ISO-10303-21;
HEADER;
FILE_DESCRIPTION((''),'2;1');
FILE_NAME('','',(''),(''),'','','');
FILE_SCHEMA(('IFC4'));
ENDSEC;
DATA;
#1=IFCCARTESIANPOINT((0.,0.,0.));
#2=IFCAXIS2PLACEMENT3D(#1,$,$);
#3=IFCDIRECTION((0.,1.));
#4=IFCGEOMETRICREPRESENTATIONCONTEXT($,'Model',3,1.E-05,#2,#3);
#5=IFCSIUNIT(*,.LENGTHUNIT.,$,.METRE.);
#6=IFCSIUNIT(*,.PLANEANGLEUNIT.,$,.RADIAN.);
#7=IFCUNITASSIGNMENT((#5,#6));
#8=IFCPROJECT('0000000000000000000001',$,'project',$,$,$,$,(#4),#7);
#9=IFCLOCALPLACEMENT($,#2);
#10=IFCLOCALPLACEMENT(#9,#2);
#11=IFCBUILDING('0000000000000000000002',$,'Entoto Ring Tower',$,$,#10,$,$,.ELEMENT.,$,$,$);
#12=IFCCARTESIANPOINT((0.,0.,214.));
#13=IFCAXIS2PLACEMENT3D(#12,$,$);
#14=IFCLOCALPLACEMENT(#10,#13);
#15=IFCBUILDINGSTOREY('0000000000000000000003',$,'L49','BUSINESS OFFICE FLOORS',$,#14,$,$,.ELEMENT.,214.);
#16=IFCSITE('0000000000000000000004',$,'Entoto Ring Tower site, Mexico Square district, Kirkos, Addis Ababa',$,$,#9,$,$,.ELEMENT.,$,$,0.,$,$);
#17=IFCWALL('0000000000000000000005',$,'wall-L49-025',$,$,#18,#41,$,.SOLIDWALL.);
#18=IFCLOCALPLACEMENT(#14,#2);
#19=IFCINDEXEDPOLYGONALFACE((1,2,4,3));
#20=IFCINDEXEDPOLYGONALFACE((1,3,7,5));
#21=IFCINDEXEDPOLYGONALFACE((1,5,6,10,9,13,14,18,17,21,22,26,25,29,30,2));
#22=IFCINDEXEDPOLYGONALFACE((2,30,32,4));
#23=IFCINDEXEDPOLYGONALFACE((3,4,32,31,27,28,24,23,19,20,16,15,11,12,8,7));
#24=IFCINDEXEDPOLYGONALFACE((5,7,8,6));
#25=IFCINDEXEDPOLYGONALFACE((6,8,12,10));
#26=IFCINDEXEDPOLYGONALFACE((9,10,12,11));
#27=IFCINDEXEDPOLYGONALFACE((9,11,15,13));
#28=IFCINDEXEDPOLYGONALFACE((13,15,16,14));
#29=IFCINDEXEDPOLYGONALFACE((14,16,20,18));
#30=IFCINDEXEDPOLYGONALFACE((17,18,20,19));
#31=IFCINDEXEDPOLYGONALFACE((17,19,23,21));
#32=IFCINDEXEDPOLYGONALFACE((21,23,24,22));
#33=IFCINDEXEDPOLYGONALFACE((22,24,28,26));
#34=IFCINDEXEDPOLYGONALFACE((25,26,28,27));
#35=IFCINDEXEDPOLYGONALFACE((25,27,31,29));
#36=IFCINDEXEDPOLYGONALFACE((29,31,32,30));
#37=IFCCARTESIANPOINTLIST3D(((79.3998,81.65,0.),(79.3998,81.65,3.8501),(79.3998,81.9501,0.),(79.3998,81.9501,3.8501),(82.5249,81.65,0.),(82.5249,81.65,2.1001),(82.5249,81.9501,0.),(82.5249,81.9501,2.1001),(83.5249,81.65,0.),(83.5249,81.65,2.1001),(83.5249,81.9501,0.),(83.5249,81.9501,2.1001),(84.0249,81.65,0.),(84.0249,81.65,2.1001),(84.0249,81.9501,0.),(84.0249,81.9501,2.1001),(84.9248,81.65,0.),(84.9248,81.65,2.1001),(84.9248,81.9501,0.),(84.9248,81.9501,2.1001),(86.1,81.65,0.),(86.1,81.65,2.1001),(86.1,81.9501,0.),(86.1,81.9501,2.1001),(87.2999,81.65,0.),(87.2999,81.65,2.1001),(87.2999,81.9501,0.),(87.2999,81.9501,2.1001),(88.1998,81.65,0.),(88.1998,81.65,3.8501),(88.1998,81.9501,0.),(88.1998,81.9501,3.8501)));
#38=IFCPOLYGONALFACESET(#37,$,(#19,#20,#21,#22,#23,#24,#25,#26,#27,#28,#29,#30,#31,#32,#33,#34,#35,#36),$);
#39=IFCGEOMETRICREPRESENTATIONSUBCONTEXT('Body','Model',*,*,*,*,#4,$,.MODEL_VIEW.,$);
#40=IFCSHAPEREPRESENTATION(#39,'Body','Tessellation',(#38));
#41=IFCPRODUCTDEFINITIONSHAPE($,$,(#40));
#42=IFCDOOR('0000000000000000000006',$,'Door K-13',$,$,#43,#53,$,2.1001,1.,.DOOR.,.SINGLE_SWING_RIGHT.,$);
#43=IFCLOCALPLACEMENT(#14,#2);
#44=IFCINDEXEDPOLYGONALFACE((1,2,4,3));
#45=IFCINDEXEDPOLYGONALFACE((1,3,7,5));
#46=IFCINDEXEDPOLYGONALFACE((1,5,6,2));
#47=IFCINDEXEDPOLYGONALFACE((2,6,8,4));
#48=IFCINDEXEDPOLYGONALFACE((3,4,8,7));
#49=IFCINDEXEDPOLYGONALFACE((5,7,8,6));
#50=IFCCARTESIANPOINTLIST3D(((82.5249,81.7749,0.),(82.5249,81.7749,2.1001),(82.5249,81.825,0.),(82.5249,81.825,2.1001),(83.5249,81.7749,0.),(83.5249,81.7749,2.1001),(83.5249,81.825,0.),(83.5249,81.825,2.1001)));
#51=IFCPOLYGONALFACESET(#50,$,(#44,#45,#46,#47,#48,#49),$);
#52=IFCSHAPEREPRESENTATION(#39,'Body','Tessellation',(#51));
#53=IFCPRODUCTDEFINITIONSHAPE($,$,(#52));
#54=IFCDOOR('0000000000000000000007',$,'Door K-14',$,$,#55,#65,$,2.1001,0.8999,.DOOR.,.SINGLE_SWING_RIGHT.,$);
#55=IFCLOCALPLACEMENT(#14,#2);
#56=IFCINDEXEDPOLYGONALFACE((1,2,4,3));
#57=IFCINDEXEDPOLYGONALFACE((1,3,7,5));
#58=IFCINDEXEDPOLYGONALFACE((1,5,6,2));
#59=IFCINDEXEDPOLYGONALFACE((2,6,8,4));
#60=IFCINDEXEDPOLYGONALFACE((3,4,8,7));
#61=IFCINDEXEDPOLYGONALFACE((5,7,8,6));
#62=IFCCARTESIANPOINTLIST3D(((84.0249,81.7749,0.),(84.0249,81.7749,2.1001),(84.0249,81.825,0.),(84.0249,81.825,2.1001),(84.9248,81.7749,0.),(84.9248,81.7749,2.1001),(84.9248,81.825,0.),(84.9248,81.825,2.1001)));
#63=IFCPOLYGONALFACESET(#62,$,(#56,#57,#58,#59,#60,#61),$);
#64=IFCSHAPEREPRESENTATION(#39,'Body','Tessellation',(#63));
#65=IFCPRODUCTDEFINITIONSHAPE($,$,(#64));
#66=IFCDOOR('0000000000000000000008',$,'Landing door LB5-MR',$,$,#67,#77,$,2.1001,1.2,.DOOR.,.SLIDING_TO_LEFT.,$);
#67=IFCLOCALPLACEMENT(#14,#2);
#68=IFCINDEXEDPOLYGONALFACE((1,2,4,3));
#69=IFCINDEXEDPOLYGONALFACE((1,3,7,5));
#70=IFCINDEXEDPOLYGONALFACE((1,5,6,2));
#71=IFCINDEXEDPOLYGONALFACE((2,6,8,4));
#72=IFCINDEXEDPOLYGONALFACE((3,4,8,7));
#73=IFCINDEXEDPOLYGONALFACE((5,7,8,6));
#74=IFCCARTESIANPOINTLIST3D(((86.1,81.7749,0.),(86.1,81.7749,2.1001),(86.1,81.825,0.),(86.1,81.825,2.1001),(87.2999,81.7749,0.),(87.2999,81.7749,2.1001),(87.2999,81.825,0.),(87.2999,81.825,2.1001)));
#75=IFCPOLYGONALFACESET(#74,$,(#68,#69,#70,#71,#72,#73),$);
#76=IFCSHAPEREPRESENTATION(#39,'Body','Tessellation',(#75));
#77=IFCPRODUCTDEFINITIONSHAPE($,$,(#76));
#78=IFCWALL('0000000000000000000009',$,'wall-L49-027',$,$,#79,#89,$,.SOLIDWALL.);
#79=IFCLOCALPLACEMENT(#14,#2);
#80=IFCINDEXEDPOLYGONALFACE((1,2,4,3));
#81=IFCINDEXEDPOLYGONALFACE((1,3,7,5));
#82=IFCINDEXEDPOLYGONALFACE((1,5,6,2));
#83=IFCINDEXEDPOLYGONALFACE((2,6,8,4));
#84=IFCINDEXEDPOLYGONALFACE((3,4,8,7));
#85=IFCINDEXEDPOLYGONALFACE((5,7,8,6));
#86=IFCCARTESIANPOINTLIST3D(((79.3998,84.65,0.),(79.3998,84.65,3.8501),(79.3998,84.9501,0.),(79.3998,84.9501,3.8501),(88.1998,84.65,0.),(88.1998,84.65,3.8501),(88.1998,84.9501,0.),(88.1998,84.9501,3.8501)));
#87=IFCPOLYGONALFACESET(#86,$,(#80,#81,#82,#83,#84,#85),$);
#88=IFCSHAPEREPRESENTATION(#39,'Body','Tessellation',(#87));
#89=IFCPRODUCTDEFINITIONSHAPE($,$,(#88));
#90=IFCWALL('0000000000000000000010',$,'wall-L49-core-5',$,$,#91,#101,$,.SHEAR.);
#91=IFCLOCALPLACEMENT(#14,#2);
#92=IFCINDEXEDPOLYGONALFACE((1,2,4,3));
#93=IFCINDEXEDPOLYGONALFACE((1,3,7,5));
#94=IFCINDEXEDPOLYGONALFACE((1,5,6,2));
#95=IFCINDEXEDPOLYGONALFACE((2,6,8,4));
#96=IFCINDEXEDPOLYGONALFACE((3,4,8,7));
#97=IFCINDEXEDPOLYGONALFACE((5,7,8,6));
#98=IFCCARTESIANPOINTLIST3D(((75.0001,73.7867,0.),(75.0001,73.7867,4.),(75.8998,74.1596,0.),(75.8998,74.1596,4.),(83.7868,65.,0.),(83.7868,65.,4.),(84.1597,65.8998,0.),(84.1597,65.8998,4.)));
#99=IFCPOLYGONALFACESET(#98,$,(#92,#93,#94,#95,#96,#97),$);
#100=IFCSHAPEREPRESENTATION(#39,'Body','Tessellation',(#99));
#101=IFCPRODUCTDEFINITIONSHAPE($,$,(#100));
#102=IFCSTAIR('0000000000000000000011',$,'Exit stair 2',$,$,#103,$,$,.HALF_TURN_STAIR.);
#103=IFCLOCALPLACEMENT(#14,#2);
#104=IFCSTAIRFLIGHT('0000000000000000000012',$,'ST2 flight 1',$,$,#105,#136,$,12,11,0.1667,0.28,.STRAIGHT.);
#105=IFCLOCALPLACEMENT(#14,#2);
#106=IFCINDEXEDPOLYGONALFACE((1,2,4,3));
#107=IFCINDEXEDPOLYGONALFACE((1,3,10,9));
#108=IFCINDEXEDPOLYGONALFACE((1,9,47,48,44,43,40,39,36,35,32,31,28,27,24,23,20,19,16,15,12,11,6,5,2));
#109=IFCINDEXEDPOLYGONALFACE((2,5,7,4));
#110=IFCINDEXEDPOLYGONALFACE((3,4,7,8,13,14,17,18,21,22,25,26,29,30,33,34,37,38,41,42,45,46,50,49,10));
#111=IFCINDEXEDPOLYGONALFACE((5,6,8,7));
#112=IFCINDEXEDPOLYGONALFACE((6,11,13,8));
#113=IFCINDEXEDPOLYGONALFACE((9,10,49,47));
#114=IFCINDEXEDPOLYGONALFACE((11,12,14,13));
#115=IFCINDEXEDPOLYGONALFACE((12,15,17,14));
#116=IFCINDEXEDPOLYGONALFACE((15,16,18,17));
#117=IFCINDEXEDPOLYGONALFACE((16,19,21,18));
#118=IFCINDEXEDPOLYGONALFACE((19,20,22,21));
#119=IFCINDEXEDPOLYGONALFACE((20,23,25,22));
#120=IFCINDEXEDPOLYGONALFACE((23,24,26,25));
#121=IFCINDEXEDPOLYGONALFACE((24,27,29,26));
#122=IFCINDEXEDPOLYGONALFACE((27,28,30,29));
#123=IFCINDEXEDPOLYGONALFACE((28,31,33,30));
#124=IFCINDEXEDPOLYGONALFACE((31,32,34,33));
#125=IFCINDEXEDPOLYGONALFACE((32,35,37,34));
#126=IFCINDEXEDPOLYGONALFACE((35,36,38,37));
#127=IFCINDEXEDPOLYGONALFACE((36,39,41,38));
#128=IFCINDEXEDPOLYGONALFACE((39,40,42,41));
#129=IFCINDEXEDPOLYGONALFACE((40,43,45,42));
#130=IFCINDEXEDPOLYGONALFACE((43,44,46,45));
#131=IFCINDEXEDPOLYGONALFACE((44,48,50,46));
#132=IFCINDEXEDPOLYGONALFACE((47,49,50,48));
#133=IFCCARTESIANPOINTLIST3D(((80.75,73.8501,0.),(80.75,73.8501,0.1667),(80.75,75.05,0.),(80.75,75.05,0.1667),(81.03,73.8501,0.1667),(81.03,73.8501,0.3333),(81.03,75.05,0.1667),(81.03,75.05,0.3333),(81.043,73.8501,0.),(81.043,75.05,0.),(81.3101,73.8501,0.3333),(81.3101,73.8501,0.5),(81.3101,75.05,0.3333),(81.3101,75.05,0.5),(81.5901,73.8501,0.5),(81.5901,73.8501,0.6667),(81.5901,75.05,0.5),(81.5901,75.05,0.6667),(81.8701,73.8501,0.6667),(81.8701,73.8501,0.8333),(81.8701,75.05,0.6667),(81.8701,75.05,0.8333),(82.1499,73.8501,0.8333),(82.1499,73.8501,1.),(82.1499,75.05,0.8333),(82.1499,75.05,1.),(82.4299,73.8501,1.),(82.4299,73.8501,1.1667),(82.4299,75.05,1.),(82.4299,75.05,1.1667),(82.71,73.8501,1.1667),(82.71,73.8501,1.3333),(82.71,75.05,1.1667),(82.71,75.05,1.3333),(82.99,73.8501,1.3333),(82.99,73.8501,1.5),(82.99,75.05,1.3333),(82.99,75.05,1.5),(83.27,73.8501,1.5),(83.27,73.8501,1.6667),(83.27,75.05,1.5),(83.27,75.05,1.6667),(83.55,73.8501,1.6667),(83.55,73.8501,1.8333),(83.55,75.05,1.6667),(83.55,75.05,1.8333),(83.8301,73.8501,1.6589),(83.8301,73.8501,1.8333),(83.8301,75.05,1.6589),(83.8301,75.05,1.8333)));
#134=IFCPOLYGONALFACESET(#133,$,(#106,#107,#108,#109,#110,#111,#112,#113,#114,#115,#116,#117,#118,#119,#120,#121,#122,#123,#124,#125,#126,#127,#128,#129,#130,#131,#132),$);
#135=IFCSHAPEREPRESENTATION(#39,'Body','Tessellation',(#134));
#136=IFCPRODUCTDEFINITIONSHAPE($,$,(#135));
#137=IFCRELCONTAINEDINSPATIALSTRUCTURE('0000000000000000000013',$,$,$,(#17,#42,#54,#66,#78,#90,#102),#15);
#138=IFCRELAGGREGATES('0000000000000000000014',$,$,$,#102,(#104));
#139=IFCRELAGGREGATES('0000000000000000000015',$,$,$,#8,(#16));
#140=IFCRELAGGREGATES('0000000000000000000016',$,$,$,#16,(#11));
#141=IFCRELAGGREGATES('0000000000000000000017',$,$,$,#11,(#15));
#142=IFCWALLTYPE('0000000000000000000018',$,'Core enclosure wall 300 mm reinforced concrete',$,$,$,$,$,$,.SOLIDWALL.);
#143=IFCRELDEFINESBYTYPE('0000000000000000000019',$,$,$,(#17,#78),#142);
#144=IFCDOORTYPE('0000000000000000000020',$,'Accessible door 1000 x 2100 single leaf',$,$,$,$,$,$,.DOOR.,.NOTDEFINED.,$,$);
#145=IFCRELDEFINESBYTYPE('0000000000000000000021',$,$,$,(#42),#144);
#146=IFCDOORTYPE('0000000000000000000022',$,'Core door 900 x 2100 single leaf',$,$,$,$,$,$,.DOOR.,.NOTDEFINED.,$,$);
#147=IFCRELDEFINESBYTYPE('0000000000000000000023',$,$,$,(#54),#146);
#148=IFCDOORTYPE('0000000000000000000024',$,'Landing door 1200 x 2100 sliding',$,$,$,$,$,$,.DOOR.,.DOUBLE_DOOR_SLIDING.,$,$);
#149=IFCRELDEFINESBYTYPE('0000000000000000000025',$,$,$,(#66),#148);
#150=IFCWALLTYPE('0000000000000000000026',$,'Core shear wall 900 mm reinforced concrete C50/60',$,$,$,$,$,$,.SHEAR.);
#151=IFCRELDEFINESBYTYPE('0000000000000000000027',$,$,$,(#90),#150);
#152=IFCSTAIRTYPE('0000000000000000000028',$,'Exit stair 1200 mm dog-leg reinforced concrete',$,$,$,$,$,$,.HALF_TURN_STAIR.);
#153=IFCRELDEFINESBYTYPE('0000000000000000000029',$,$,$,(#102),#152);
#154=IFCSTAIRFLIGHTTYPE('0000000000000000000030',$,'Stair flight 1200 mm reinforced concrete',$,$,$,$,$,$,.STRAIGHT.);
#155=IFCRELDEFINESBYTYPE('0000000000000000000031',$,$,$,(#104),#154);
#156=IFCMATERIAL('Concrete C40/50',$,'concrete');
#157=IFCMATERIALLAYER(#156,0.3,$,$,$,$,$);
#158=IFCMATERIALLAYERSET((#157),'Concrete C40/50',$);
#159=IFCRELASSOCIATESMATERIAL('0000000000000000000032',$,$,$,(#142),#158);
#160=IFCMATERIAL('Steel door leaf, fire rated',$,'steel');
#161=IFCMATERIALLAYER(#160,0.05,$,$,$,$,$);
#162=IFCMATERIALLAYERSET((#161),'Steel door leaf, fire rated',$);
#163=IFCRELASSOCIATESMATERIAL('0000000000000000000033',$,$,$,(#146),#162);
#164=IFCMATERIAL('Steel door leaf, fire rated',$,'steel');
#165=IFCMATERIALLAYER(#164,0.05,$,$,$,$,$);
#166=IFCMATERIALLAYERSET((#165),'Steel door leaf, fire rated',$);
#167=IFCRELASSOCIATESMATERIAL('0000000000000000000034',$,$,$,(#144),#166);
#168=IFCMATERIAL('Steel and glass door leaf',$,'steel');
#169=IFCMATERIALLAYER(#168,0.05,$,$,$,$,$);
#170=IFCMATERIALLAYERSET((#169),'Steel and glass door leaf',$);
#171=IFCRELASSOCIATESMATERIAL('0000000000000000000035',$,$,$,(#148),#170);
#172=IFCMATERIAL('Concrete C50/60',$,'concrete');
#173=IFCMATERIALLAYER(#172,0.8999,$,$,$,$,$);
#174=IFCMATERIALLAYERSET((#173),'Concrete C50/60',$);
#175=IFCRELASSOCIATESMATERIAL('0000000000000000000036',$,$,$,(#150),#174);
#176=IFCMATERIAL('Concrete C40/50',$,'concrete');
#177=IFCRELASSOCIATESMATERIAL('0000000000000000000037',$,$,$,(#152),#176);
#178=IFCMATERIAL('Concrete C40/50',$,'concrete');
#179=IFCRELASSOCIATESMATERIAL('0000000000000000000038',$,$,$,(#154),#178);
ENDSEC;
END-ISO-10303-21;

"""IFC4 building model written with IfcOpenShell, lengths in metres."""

from ifc_helpers import new_model, si_unit, direction, frame, frame_2d, origin, place, context, subcontext, project, spatial, polyline, rectangle, outline, extrude, material, layer, layer_set, type_object, element, fill, aggregate, save


model = new_model("IFC4")

# Units and contexts
model_context = context("Model", 3, precision=1e-05, world=origin(), true_north=direction((0.0, 1.0)))
body_context = subcontext(model_context, "Body", "Model", "MODEL_VIEW")
ifc_project = project(units=[si_unit("LENGTHUNIT", "METRE"), si_unit("PLANEANGLEUNIT", "RADIAN")], contexts=[model_context])

# Site, building, storey
site_placement = place(None, origin())
site = spatial("IfcSite", under=ifc_project, at=site_placement, Name="Entoto Ring Tower site, Mexico Square district, Kirkos, Addis Ababa", CompositionType="ELEMENT", RefElevation=0.0)
building_placement = place(site_placement, origin())
building = spatial("IfcBuilding", under=site, at=building_placement, Name="Entoto Ring Tower", CompositionType="ELEMENT")
storey_placement = place(building_placement, frame((0.0, 0.0, 214.0)))
storey = spatial("IfcBuildingStorey", under=building, at=storey_placement, Name="L49", Description="BUSINESS OFFICE FLOORS", CompositionType="ELEMENT", Elevation=214.0)

# Shared definitions
ifc_material_1 = material(Name="Concrete C40/50", Category="concrete")
ifc_layer_1 = layer(ifc_material_1, 0.3)
ifc_layer_set_1 = layer_set([ifc_layer_1], Name="Concrete C40/50")
wall_type_1 = type_object("IfcWallType", Name="Core enclosure wall 300 mm reinforced concrete", PredefinedType="SOLIDWALL", material=ifc_layer_set_1)

# Wall, openings, doors
ifc_material_2 = material(Name="Steel door leaf, fire rated", Category="steel")
ifc_layer_2 = layer(ifc_material_2, 0.05)
ifc_layer_set_2 = layer_set([ifc_layer_2], Name="Steel door leaf, fire rated")
door_type_1 = type_object("IfcDoorType", Name="Core door 900 x 2100 single leaf", OperationType="NOTDEFINED", PredefinedType="DOOR", material=ifc_layer_set_2)
wall_1_placement = place(storey_placement, frame((79.3999, 81.8, 0.0), z_axis=(0.0, 0.0, 1.0), x_axis=(1.0, 0.0, 0.0)))
wall_1 = element("IfcWall", 1, at=wall_1_placement, inside=storey, type_object=wall_type_1, Name="wall-L49-025", PredefinedType="SOLIDWALL", context=body_context, shape_type="SweptSolid", body=[
    extrude(rectangle(XDim=8.8, YDim=0.3, at=frame_2d((4.3999, 0.0))), origin(), (0.0, 0.0, 1.0), 3.8501),
])
opening_1_placement = place(wall_1_placement, frame((6.7, 0.0, 0.0)))
opening_1 = element("IfcOpeningElement", 2, at=opening_1_placement, cuts=wall_1, PredefinedType="OPENING", context=body_context, shape_type="SweptSolid", body=[
    extrude(rectangle(XDim=1.2, YDim=2.1001, at=frame_2d((0.6001, 1.05))), frame((0.0, 0.1602, 0.0), z_axis=(0.0, -1.0, 0.0), x_axis=(1.0, 0.0, 0.0)), (0.0, 0.0, 1.0), 0.3201),
])
opening_2_placement = place(wall_1_placement, frame((3.125, 0.0, 0.0)))
opening_2 = element("IfcOpeningElement", 3, at=opening_2_placement, cuts=wall_1, PredefinedType="OPENING", context=body_context, shape_type="SweptSolid", body=[
    extrude(rectangle(XDim=1.0, YDim=2.1001, at=frame_2d((0.5, 1.05))), frame((0.0, 0.1602, 0.0), z_axis=(0.0, -1.0, 0.0), x_axis=(1.0, 0.0, 0.0)), (0.0, 0.0, 1.0), 0.3201),
])
opening_3_placement = place(wall_1_placement, frame((4.625, 0.0, 0.0)))
opening_3 = element("IfcOpeningElement", 4, at=opening_3_placement, cuts=wall_1, PredefinedType="OPENING", context=body_context, shape_type="SweptSolid", body=[
    extrude(rectangle(XDim=0.8999, YDim=2.1001, at=frame_2d((0.45, 1.05))), frame((0.0, 0.1602, 0.0), z_axis=(0.0, -1.0, 0.0), x_axis=(1.0, 0.0, 0.0)), (0.0, 0.0, 1.0), 0.3201),
])
ifc_material_3 = material(Name="Steel door leaf, fire rated", Category="steel")
ifc_layer_3 = layer(ifc_material_3, 0.05)
ifc_layer_set_3 = layer_set([ifc_layer_3], Name="Steel door leaf, fire rated")
door_type_2 = type_object("IfcDoorType", Name="Accessible door 1000 x 2100 single leaf", OperationType="NOTDEFINED", PredefinedType="DOOR", material=ifc_layer_set_3)
door_1_placement = place(opening_2_placement, origin())
door_1 = element("IfcDoor", 5, at=door_1_placement, inside=storey, type_object=door_type_2, Name="Door K-13", OperationType="SINGLE_SWING_RIGHT", OverallHeight=2.1001, OverallWidth=1.0, PredefinedType="DOOR", context=body_context, shape_type="SweptSolid", body=[
    extrude(rectangle(XDim=1.0, YDim=2.1001, at=frame_2d((0.5, 1.05))), frame((0.0, 0.0249, 0.0), z_axis=(0.0, -1.0, 0.0), x_axis=(1.0, 0.0, 0.0)), (0.0, 0.0, 1.0), 0.05),
])
fill(opening_2, door_1)
door_2_placement = place(opening_3_placement, origin())
door_2 = element("IfcDoor", 6, at=door_2_placement, inside=storey, type_object=door_type_1, Name="Door K-14", OperationType="SINGLE_SWING_RIGHT", OverallHeight=2.1001, OverallWidth=0.8999, PredefinedType="DOOR", context=body_context, shape_type="SweptSolid", body=[
    extrude(rectangle(XDim=0.8999, YDim=2.1001, at=frame_2d((0.45, 1.05))), frame((0.0, 0.0249, 0.0), z_axis=(0.0, -1.0, 0.0), x_axis=(1.0, 0.0, 0.0)), (0.0, 0.0, 1.0), 0.05),
])
fill(opening_3, door_2)
ifc_material_4 = material(Name="Steel and glass door leaf", Category="steel")
ifc_layer_4 = layer(ifc_material_4, 0.05)
ifc_layer_set_4 = layer_set([ifc_layer_4], Name="Steel and glass door leaf")
door_type_3 = type_object("IfcDoorType", Name="Landing door 1200 x 2100 sliding", OperationType="DOUBLE_DOOR_SLIDING", PredefinedType="DOOR", material=ifc_layer_set_4)
door_3_placement = place(opening_1_placement, origin())
door_3 = element("IfcDoor", 7, at=door_3_placement, inside=storey, type_object=door_type_3, Name="Landing door LB5-MR", OperationType="SLIDING_TO_LEFT", OverallHeight=2.1001, OverallWidth=1.2, PredefinedType="DOOR", context=body_context, shape_type="SweptSolid", body=[
    extrude(rectangle(XDim=1.2, YDim=2.1001, at=frame_2d((0.6001, 1.05))), frame((0.0, 0.0249, 0.0), z_axis=(0.0, -1.0, 0.0), x_axis=(1.0, 0.0, 0.0)), (0.0, 0.0, 1.0), 0.05),
])
fill(opening_1, door_3)

# Walls
wall_2_placement = place(storey_placement, frame((79.3999, 84.8, 0.0), z_axis=(0.0, 0.0, 1.0), x_axis=(1.0, 0.0, 0.0)))
element("IfcWall", 8, at=wall_2_placement, inside=storey, type_object=wall_type_1, Name="wall-L49-027", PredefinedType="SOLIDWALL", context=body_context, shape_type="SweptSolid", body=[
    extrude(rectangle(XDim=8.8, YDim=0.3, at=frame_2d((4.3999, 0.0))), origin(), (0.0, 0.0, 1.0), 3.8501),
])
ifc_material_5 = material(Name="Concrete C50/60", Category="concrete")
ifc_layer_5 = layer(ifc_material_5, 0.8999)
ifc_layer_set_5 = layer_set([ifc_layer_5], Name="Concrete C50/60")
wall_type_2 = type_object("IfcWallType", Name="Core shear wall 900 mm reinforced concrete C50/60", PredefinedType="SHEAR", material=ifc_layer_set_5)
wall_3_placement = place(storey_placement, frame((75.45, 73.9731, 0.0), z_axis=(0.0, 0.0, 1.0), x_axis=(0.707107, -0.707107, 0.0)))
element("IfcWall", 9, at=wall_3_placement, inside=storey, type_object=wall_type_2, Name="wall-L49-core-5", PredefinedType="SHEAR", context=body_context, shape_type="SweptSolid", body=[
    extrude(outline(polyline([(-0.1863, -0.45), (12.24, -0.45), (11.8674, 0.45), (0.1863, 0.45), (-0.1863, -0.45)])), origin(), (0.0, 0.0, 1.0), 4.0),
])

# Stair, stair flight
ifc_material_6 = material(Name="Concrete C40/50", Category="concrete")
stair_type = type_object("IfcStairType", Name="Exit stair 1200 mm dog-leg reinforced concrete", PredefinedType="HALF_TURN_STAIR", material=ifc_material_6)
stair_placement = place(storey_placement, origin())
stair = element("IfcStair", 10, at=stair_placement, inside=storey, type_object=stair_type, Name="Exit stair 2", PredefinedType="HALF_TURN_STAIR")
ifc_material_7 = material(Name="Concrete C40/50", Category="concrete")
stair_flight_type = type_object("IfcStairFlightType", Name="Stair flight 1200 mm reinforced concrete", PredefinedType="STRAIGHT", material=ifc_material_7)
stair_flight_1_placement = place(storey_placement, frame((80.75, 74.45, 0.0), z_axis=(0.0, 0.0, 1.0), x_axis=(1.0, 0.0, 0.0)))
stair_flight_1 = element("IfcStairFlight", 11, at=stair_flight_1_placement, type_object=stair_flight_type, Name="ST2 flight 1", NumberOfRisers=12, NumberOfTreads=11, PredefinedType="STRAIGHT", RiserHeight=0.1667, TreadLength=0.28, context=body_context, shape_type="SweptSolid", body=[
    extrude(outline(polyline([(0.0, 0.0), (0.0, 0.1667), (0.28, 0.1667), (0.28, 0.3333), (0.5601, 0.3333), (0.5601, 0.5), (0.8401, 0.5), (0.8401, 0.6667), (1.1201, 0.6667), (1.1201, 0.8333), (1.3999, 0.8333), (1.3999, 1.0), (1.6799, 1.0), (1.6799, 1.1667), (1.96, 1.1667), (1.96, 1.3333), (2.24, 1.3333), (2.24, 1.5), (2.52, 1.5), (2.52, 1.6667), (2.8, 1.6667), (2.8, 1.8333), (3.0801, 1.8333), (3.0801, 2.0), (3.0801, 1.6589), (0.293, 0.0), (0.0, 0.0)])), frame((0.0, 0.6001, 0.0), z_axis=(0.0, -1.0, 0.0), x_axis=(1.0, 0.0, 0.0)), (0.0, 0.0, 1.0), 1.2),
])
aggregate(stair, [stair_flight_1])

save(model, "model.ifc")
